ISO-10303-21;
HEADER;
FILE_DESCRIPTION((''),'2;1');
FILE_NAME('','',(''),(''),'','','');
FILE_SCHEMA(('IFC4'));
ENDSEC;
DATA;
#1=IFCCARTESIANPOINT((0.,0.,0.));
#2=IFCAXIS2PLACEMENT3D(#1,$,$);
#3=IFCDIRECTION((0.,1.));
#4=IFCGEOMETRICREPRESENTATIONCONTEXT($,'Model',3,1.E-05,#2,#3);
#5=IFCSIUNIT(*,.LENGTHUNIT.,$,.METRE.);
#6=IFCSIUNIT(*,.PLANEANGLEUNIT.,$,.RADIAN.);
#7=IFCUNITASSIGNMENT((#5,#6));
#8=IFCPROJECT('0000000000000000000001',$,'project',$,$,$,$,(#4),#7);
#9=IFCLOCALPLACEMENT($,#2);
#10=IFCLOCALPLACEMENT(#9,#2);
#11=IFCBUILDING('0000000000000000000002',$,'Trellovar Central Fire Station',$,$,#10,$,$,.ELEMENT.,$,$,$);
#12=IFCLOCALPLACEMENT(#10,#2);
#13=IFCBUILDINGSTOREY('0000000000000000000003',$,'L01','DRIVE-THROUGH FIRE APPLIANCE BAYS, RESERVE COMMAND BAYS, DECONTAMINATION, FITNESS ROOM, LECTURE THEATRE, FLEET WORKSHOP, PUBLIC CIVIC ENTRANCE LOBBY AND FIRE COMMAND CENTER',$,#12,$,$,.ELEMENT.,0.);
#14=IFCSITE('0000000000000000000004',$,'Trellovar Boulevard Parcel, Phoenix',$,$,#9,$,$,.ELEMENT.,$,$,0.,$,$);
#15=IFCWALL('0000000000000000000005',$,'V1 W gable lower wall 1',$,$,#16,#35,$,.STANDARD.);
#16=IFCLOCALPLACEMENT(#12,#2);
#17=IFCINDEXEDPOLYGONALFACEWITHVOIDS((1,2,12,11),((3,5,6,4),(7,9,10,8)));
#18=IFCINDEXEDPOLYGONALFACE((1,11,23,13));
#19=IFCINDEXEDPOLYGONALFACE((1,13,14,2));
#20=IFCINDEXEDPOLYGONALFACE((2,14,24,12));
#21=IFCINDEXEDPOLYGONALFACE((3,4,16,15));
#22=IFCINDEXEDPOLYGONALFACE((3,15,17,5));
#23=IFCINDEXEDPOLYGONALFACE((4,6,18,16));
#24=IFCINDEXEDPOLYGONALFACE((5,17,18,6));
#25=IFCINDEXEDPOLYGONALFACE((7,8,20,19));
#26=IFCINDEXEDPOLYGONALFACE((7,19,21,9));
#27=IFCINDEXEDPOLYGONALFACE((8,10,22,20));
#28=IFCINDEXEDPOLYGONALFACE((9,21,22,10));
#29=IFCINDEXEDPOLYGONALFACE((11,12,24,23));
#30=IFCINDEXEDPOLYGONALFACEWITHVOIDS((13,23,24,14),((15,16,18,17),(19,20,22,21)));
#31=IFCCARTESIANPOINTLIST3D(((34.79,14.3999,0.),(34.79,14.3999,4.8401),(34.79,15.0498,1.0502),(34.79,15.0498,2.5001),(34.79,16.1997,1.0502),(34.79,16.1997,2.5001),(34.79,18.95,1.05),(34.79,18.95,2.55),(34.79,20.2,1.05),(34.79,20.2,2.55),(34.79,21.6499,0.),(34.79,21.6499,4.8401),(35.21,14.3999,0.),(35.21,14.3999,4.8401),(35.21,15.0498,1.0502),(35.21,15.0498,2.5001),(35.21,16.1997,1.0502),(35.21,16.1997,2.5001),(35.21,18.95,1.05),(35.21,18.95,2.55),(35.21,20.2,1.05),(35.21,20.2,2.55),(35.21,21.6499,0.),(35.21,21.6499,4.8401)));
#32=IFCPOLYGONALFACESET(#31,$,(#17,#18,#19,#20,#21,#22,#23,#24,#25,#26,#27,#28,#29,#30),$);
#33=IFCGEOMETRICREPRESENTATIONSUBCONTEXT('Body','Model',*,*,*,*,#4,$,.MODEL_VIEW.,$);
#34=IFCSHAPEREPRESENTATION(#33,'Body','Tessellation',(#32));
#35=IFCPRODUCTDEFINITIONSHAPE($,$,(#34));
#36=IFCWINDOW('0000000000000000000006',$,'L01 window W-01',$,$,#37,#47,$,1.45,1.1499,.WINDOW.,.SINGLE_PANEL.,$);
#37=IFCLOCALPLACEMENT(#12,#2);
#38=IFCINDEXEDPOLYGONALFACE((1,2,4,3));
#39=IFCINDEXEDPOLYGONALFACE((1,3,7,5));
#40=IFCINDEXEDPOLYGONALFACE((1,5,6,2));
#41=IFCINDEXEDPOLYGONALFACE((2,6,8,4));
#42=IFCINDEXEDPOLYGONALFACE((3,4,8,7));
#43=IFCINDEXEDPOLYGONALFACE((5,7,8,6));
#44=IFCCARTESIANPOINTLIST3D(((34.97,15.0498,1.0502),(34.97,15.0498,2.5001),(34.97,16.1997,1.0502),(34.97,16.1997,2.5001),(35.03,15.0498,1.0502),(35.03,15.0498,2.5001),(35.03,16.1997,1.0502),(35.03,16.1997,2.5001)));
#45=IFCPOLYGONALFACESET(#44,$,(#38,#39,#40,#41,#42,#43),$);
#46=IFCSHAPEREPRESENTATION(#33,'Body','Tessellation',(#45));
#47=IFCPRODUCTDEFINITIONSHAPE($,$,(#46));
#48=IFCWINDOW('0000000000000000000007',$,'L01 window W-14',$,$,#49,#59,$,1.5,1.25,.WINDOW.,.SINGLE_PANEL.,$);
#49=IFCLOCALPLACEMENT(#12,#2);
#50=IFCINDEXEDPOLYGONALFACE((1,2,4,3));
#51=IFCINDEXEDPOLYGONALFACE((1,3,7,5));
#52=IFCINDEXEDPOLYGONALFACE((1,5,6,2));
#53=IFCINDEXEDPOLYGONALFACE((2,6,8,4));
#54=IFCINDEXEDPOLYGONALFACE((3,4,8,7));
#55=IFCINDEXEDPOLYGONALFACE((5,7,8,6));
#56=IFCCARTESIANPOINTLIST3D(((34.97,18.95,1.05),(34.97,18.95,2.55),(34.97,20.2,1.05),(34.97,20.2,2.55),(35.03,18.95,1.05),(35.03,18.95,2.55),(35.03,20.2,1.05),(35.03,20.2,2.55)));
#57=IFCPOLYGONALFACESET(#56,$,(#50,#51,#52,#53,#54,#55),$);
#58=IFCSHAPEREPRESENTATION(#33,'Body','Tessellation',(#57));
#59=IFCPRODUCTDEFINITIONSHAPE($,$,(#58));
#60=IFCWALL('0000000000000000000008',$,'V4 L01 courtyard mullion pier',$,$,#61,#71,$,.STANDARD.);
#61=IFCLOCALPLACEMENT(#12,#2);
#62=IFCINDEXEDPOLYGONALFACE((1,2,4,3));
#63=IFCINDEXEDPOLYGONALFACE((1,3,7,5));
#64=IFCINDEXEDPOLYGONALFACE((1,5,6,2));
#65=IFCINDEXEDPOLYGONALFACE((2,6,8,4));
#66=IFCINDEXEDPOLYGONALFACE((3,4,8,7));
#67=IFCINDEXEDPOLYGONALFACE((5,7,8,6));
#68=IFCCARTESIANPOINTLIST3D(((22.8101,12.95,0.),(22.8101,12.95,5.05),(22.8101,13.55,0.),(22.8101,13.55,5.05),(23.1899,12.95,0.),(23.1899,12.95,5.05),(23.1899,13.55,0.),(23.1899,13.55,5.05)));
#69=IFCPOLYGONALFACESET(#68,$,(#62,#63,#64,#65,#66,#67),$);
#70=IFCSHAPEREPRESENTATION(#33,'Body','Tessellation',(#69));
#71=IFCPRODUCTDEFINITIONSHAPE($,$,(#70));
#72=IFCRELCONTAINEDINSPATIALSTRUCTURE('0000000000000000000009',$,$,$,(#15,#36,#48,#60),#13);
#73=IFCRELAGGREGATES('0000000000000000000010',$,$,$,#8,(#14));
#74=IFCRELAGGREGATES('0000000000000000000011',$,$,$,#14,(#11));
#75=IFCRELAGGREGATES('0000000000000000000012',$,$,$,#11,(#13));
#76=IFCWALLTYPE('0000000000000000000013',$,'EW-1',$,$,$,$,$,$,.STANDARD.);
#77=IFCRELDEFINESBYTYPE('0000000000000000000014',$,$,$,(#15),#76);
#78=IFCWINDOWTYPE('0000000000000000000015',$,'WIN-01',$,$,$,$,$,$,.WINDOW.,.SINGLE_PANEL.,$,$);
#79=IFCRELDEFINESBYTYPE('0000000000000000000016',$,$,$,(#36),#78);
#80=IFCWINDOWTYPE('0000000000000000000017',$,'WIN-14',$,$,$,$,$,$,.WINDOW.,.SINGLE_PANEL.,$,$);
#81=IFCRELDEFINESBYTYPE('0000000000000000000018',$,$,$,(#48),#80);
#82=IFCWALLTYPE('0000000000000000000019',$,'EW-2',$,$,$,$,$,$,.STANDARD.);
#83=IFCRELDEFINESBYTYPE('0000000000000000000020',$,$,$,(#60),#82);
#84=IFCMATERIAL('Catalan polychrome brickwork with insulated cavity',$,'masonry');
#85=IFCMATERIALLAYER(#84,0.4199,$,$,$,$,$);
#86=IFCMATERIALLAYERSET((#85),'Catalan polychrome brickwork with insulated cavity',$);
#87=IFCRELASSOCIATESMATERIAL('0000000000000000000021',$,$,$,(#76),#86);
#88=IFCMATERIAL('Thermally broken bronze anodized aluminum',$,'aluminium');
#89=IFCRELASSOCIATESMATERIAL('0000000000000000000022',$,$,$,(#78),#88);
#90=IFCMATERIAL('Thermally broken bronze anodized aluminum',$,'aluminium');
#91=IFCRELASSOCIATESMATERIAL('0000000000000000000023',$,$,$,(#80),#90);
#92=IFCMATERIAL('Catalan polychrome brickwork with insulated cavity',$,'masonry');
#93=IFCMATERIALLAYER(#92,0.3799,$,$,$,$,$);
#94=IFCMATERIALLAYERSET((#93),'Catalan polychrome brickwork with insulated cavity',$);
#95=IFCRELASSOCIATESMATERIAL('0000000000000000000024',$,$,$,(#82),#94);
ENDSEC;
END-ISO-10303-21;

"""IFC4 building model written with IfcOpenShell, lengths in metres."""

from ifc_helpers import new_model, si_unit, direction, frame, frame_2d, origin, place, context, subcontext, project, spatial, rectangle, extrude, material, layer, layer_set, type_object, element, fill, save


model = new_model("IFC4")

# Units and contexts
model_context = context("Model", 3, precision=1e-05, world=origin(), true_north=direction((0.0, 1.0)))
body_context = subcontext(model_context, "Body", "Model", "MODEL_VIEW")
ifc_project = project(units=[si_unit("LENGTHUNIT", "METRE"), si_unit("PLANEANGLEUNIT", "RADIAN")], contexts=[model_context])

# Site, building, storey
site_placement = place(None, origin())
site = spatial("IfcSite", under=ifc_project, at=site_placement, Name="Trellovar Boulevard Parcel, Phoenix", CompositionType="ELEMENT", RefElevation=0.0)
building_placement = place(site_placement, origin())
building = spatial("IfcBuilding", under=site, at=building_placement, Name="Trellovar Central Fire Station", CompositionType="ELEMENT")
storey_placement = place(building_placement, origin())
storey = spatial("IfcBuildingStorey", under=building, at=storey_placement, Name="L01", Description="DRIVE-THROUGH FIRE APPLIANCE BAYS, RESERVE COMMAND BAYS, DECONTAMINATION, FITNESS ROOM, LECTURE THEATRE, FLEET WORKSHOP, PUBLIC CIVIC ENTRANCE LOBBY AND FIRE COMMAND CENTER", CompositionType="ELEMENT", Elevation=0.0)

# Shared definitions
ifc_material_1 = material(Name="Catalan polychrome brickwork with insulated cavity", Category="masonry")
ifc_layer_1 = layer(ifc_material_1, 0.4199)
ifc_layer_set_1 = layer_set([ifc_layer_1], Name="Catalan polychrome brickwork with insulated cavity")
wall_type_1 = type_object("IfcWallType", Name="EW-1", PredefinedType="STANDARD", material=ifc_layer_set_1)

# Wall, openings, windows
wall_1_placement = place(storey_placement, frame((35.0, 14.3999, 0.0), z_axis=(0.0, 0.0, 1.0), x_axis=(0.0, 1.0, 0.0)))
wall_1 = element("IfcWall", 1, at=wall_1_placement, inside=storey, type_object=wall_type_1, Name="V1 W gable lower wall 1", PredefinedType="STANDARD", context=body_context, shape_type="SweptSolid", body=[
    extrude(rectangle(XDim=7.25, YDim=0.4199, at=frame_2d((3.625, 0.0))), origin(), (0.0, 0.0, 1.0), 4.8401),
])
opening_1_placement = place(wall_1_placement, frame((0.6499, 0.0, 1.05)))
opening_1 = element("IfcOpeningElement", 2, at=opening_1_placement, cuts=wall_1, PredefinedType="OPENING", context=body_context, shape_type="SweptSolid", body=[
    extrude(rectangle(XDim=1.1499, YDim=1.45, at=frame_2d((0.575, 0.7251))), frame((0.0, 0.22, 0.0), z_axis=(0.0, -1.0, 0.0), x_axis=(1.0, 0.0, 0.0)), (0.0, 0.0, 1.0), 0.4399),
])
opening_2_placement = place(wall_1_placement, frame((4.55, 0.0, 1.05)))
opening_2 = element("IfcOpeningElement", 3, at=opening_2_placement, cuts=wall_1, PredefinedType="OPENING", context=body_context, shape_type="SweptSolid", body=[
    extrude(rectangle(XDim=1.25, YDim=1.5, at=frame_2d((0.625, 0.75))), frame((0.0, 0.22, 0.0), z_axis=(0.0, -1.0, 0.0), x_axis=(1.0, 0.0, 0.0)), (0.0, 0.0, 1.0), 0.4399),
])
ifc_material_2 = material(Name="Thermally broken bronze anodized aluminum", Category="aluminium")
window_type_1 = type_object("IfcWindowType", Name="WIN-01", PartitioningType="SINGLE_PANEL", PredefinedType="WINDOW", material=ifc_material_2)
window_1_placement = place(opening_1_placement, origin())
window_1 = element("IfcWindow", 4, at=window_1_placement, inside=storey, type_object=window_type_1, Name="L01 window W-01", OverallHeight=1.45, OverallWidth=1.1499, PartitioningType="SINGLE_PANEL", PredefinedType="WINDOW", context=body_context, shape_type="SweptSolid", body=[
    extrude(rectangle(XDim=1.1499, YDim=1.45, at=frame_2d((0.575, 0.7251))), frame((0.0, 0.03, 0.0), z_axis=(0.0, -1.0, 0.0), x_axis=(1.0, 0.0, 0.0)), (0.0, 0.0, 1.0), 0.0601),
])
fill(opening_1, window_1)
ifc_material_3 = material(Name="Thermally broken bronze anodized aluminum", Category="aluminium")
window_type_2 = type_object("IfcWindowType", Name="WIN-14", PartitioningType="SINGLE_PANEL", PredefinedType="WINDOW", material=ifc_material_3)
window_2_placement = place(opening_2_placement, origin())
window_2 = element("IfcWindow", 5, at=window_2_placement, inside=storey, type_object=window_type_2, Name="L01 window W-14", OverallHeight=1.5, OverallWidth=1.25, PartitioningType="SINGLE_PANEL", PredefinedType="WINDOW", context=body_context, shape_type="SweptSolid", body=[
    extrude(rectangle(XDim=1.25, YDim=1.5, at=frame_2d((0.625, 0.75))), frame((0.0, 0.03, 0.0), z_axis=(0.0, -1.0, 0.0), x_axis=(1.0, 0.0, 0.0)), (0.0, 0.0, 1.0), 0.0601),
])
fill(opening_2, window_2)

# Wall
ifc_material_4 = material(Name="Catalan polychrome brickwork with insulated cavity", Category="masonry")
ifc_layer_2 = layer(ifc_material_4, 0.3799)
ifc_layer_set_2 = layer_set([ifc_layer_2], Name="Catalan polychrome brickwork with insulated cavity")
wall_type_2 = type_object("IfcWallType", Name="EW-2", PredefinedType="STANDARD", material=ifc_layer_set_2)
wall_2_placement = place(storey_placement, frame((23.0, 12.95, 0.0), z_axis=(0.0, 0.0, 1.0), x_axis=(0.0, 1.0, 0.0)))
element("IfcWall", 6, at=wall_2_placement, inside=storey, type_object=wall_type_2, Name="V4 L01 courtyard mullion pier", PredefinedType="STANDARD", context=body_context, shape_type="SweptSolid", body=[
    extrude(rectangle(XDim=0.6001, YDim=0.3799, at=frame_2d((0.3, 0.0))), origin(), (0.0, 0.0, 1.0), 5.05),
])

save(model, "model.ifc")
